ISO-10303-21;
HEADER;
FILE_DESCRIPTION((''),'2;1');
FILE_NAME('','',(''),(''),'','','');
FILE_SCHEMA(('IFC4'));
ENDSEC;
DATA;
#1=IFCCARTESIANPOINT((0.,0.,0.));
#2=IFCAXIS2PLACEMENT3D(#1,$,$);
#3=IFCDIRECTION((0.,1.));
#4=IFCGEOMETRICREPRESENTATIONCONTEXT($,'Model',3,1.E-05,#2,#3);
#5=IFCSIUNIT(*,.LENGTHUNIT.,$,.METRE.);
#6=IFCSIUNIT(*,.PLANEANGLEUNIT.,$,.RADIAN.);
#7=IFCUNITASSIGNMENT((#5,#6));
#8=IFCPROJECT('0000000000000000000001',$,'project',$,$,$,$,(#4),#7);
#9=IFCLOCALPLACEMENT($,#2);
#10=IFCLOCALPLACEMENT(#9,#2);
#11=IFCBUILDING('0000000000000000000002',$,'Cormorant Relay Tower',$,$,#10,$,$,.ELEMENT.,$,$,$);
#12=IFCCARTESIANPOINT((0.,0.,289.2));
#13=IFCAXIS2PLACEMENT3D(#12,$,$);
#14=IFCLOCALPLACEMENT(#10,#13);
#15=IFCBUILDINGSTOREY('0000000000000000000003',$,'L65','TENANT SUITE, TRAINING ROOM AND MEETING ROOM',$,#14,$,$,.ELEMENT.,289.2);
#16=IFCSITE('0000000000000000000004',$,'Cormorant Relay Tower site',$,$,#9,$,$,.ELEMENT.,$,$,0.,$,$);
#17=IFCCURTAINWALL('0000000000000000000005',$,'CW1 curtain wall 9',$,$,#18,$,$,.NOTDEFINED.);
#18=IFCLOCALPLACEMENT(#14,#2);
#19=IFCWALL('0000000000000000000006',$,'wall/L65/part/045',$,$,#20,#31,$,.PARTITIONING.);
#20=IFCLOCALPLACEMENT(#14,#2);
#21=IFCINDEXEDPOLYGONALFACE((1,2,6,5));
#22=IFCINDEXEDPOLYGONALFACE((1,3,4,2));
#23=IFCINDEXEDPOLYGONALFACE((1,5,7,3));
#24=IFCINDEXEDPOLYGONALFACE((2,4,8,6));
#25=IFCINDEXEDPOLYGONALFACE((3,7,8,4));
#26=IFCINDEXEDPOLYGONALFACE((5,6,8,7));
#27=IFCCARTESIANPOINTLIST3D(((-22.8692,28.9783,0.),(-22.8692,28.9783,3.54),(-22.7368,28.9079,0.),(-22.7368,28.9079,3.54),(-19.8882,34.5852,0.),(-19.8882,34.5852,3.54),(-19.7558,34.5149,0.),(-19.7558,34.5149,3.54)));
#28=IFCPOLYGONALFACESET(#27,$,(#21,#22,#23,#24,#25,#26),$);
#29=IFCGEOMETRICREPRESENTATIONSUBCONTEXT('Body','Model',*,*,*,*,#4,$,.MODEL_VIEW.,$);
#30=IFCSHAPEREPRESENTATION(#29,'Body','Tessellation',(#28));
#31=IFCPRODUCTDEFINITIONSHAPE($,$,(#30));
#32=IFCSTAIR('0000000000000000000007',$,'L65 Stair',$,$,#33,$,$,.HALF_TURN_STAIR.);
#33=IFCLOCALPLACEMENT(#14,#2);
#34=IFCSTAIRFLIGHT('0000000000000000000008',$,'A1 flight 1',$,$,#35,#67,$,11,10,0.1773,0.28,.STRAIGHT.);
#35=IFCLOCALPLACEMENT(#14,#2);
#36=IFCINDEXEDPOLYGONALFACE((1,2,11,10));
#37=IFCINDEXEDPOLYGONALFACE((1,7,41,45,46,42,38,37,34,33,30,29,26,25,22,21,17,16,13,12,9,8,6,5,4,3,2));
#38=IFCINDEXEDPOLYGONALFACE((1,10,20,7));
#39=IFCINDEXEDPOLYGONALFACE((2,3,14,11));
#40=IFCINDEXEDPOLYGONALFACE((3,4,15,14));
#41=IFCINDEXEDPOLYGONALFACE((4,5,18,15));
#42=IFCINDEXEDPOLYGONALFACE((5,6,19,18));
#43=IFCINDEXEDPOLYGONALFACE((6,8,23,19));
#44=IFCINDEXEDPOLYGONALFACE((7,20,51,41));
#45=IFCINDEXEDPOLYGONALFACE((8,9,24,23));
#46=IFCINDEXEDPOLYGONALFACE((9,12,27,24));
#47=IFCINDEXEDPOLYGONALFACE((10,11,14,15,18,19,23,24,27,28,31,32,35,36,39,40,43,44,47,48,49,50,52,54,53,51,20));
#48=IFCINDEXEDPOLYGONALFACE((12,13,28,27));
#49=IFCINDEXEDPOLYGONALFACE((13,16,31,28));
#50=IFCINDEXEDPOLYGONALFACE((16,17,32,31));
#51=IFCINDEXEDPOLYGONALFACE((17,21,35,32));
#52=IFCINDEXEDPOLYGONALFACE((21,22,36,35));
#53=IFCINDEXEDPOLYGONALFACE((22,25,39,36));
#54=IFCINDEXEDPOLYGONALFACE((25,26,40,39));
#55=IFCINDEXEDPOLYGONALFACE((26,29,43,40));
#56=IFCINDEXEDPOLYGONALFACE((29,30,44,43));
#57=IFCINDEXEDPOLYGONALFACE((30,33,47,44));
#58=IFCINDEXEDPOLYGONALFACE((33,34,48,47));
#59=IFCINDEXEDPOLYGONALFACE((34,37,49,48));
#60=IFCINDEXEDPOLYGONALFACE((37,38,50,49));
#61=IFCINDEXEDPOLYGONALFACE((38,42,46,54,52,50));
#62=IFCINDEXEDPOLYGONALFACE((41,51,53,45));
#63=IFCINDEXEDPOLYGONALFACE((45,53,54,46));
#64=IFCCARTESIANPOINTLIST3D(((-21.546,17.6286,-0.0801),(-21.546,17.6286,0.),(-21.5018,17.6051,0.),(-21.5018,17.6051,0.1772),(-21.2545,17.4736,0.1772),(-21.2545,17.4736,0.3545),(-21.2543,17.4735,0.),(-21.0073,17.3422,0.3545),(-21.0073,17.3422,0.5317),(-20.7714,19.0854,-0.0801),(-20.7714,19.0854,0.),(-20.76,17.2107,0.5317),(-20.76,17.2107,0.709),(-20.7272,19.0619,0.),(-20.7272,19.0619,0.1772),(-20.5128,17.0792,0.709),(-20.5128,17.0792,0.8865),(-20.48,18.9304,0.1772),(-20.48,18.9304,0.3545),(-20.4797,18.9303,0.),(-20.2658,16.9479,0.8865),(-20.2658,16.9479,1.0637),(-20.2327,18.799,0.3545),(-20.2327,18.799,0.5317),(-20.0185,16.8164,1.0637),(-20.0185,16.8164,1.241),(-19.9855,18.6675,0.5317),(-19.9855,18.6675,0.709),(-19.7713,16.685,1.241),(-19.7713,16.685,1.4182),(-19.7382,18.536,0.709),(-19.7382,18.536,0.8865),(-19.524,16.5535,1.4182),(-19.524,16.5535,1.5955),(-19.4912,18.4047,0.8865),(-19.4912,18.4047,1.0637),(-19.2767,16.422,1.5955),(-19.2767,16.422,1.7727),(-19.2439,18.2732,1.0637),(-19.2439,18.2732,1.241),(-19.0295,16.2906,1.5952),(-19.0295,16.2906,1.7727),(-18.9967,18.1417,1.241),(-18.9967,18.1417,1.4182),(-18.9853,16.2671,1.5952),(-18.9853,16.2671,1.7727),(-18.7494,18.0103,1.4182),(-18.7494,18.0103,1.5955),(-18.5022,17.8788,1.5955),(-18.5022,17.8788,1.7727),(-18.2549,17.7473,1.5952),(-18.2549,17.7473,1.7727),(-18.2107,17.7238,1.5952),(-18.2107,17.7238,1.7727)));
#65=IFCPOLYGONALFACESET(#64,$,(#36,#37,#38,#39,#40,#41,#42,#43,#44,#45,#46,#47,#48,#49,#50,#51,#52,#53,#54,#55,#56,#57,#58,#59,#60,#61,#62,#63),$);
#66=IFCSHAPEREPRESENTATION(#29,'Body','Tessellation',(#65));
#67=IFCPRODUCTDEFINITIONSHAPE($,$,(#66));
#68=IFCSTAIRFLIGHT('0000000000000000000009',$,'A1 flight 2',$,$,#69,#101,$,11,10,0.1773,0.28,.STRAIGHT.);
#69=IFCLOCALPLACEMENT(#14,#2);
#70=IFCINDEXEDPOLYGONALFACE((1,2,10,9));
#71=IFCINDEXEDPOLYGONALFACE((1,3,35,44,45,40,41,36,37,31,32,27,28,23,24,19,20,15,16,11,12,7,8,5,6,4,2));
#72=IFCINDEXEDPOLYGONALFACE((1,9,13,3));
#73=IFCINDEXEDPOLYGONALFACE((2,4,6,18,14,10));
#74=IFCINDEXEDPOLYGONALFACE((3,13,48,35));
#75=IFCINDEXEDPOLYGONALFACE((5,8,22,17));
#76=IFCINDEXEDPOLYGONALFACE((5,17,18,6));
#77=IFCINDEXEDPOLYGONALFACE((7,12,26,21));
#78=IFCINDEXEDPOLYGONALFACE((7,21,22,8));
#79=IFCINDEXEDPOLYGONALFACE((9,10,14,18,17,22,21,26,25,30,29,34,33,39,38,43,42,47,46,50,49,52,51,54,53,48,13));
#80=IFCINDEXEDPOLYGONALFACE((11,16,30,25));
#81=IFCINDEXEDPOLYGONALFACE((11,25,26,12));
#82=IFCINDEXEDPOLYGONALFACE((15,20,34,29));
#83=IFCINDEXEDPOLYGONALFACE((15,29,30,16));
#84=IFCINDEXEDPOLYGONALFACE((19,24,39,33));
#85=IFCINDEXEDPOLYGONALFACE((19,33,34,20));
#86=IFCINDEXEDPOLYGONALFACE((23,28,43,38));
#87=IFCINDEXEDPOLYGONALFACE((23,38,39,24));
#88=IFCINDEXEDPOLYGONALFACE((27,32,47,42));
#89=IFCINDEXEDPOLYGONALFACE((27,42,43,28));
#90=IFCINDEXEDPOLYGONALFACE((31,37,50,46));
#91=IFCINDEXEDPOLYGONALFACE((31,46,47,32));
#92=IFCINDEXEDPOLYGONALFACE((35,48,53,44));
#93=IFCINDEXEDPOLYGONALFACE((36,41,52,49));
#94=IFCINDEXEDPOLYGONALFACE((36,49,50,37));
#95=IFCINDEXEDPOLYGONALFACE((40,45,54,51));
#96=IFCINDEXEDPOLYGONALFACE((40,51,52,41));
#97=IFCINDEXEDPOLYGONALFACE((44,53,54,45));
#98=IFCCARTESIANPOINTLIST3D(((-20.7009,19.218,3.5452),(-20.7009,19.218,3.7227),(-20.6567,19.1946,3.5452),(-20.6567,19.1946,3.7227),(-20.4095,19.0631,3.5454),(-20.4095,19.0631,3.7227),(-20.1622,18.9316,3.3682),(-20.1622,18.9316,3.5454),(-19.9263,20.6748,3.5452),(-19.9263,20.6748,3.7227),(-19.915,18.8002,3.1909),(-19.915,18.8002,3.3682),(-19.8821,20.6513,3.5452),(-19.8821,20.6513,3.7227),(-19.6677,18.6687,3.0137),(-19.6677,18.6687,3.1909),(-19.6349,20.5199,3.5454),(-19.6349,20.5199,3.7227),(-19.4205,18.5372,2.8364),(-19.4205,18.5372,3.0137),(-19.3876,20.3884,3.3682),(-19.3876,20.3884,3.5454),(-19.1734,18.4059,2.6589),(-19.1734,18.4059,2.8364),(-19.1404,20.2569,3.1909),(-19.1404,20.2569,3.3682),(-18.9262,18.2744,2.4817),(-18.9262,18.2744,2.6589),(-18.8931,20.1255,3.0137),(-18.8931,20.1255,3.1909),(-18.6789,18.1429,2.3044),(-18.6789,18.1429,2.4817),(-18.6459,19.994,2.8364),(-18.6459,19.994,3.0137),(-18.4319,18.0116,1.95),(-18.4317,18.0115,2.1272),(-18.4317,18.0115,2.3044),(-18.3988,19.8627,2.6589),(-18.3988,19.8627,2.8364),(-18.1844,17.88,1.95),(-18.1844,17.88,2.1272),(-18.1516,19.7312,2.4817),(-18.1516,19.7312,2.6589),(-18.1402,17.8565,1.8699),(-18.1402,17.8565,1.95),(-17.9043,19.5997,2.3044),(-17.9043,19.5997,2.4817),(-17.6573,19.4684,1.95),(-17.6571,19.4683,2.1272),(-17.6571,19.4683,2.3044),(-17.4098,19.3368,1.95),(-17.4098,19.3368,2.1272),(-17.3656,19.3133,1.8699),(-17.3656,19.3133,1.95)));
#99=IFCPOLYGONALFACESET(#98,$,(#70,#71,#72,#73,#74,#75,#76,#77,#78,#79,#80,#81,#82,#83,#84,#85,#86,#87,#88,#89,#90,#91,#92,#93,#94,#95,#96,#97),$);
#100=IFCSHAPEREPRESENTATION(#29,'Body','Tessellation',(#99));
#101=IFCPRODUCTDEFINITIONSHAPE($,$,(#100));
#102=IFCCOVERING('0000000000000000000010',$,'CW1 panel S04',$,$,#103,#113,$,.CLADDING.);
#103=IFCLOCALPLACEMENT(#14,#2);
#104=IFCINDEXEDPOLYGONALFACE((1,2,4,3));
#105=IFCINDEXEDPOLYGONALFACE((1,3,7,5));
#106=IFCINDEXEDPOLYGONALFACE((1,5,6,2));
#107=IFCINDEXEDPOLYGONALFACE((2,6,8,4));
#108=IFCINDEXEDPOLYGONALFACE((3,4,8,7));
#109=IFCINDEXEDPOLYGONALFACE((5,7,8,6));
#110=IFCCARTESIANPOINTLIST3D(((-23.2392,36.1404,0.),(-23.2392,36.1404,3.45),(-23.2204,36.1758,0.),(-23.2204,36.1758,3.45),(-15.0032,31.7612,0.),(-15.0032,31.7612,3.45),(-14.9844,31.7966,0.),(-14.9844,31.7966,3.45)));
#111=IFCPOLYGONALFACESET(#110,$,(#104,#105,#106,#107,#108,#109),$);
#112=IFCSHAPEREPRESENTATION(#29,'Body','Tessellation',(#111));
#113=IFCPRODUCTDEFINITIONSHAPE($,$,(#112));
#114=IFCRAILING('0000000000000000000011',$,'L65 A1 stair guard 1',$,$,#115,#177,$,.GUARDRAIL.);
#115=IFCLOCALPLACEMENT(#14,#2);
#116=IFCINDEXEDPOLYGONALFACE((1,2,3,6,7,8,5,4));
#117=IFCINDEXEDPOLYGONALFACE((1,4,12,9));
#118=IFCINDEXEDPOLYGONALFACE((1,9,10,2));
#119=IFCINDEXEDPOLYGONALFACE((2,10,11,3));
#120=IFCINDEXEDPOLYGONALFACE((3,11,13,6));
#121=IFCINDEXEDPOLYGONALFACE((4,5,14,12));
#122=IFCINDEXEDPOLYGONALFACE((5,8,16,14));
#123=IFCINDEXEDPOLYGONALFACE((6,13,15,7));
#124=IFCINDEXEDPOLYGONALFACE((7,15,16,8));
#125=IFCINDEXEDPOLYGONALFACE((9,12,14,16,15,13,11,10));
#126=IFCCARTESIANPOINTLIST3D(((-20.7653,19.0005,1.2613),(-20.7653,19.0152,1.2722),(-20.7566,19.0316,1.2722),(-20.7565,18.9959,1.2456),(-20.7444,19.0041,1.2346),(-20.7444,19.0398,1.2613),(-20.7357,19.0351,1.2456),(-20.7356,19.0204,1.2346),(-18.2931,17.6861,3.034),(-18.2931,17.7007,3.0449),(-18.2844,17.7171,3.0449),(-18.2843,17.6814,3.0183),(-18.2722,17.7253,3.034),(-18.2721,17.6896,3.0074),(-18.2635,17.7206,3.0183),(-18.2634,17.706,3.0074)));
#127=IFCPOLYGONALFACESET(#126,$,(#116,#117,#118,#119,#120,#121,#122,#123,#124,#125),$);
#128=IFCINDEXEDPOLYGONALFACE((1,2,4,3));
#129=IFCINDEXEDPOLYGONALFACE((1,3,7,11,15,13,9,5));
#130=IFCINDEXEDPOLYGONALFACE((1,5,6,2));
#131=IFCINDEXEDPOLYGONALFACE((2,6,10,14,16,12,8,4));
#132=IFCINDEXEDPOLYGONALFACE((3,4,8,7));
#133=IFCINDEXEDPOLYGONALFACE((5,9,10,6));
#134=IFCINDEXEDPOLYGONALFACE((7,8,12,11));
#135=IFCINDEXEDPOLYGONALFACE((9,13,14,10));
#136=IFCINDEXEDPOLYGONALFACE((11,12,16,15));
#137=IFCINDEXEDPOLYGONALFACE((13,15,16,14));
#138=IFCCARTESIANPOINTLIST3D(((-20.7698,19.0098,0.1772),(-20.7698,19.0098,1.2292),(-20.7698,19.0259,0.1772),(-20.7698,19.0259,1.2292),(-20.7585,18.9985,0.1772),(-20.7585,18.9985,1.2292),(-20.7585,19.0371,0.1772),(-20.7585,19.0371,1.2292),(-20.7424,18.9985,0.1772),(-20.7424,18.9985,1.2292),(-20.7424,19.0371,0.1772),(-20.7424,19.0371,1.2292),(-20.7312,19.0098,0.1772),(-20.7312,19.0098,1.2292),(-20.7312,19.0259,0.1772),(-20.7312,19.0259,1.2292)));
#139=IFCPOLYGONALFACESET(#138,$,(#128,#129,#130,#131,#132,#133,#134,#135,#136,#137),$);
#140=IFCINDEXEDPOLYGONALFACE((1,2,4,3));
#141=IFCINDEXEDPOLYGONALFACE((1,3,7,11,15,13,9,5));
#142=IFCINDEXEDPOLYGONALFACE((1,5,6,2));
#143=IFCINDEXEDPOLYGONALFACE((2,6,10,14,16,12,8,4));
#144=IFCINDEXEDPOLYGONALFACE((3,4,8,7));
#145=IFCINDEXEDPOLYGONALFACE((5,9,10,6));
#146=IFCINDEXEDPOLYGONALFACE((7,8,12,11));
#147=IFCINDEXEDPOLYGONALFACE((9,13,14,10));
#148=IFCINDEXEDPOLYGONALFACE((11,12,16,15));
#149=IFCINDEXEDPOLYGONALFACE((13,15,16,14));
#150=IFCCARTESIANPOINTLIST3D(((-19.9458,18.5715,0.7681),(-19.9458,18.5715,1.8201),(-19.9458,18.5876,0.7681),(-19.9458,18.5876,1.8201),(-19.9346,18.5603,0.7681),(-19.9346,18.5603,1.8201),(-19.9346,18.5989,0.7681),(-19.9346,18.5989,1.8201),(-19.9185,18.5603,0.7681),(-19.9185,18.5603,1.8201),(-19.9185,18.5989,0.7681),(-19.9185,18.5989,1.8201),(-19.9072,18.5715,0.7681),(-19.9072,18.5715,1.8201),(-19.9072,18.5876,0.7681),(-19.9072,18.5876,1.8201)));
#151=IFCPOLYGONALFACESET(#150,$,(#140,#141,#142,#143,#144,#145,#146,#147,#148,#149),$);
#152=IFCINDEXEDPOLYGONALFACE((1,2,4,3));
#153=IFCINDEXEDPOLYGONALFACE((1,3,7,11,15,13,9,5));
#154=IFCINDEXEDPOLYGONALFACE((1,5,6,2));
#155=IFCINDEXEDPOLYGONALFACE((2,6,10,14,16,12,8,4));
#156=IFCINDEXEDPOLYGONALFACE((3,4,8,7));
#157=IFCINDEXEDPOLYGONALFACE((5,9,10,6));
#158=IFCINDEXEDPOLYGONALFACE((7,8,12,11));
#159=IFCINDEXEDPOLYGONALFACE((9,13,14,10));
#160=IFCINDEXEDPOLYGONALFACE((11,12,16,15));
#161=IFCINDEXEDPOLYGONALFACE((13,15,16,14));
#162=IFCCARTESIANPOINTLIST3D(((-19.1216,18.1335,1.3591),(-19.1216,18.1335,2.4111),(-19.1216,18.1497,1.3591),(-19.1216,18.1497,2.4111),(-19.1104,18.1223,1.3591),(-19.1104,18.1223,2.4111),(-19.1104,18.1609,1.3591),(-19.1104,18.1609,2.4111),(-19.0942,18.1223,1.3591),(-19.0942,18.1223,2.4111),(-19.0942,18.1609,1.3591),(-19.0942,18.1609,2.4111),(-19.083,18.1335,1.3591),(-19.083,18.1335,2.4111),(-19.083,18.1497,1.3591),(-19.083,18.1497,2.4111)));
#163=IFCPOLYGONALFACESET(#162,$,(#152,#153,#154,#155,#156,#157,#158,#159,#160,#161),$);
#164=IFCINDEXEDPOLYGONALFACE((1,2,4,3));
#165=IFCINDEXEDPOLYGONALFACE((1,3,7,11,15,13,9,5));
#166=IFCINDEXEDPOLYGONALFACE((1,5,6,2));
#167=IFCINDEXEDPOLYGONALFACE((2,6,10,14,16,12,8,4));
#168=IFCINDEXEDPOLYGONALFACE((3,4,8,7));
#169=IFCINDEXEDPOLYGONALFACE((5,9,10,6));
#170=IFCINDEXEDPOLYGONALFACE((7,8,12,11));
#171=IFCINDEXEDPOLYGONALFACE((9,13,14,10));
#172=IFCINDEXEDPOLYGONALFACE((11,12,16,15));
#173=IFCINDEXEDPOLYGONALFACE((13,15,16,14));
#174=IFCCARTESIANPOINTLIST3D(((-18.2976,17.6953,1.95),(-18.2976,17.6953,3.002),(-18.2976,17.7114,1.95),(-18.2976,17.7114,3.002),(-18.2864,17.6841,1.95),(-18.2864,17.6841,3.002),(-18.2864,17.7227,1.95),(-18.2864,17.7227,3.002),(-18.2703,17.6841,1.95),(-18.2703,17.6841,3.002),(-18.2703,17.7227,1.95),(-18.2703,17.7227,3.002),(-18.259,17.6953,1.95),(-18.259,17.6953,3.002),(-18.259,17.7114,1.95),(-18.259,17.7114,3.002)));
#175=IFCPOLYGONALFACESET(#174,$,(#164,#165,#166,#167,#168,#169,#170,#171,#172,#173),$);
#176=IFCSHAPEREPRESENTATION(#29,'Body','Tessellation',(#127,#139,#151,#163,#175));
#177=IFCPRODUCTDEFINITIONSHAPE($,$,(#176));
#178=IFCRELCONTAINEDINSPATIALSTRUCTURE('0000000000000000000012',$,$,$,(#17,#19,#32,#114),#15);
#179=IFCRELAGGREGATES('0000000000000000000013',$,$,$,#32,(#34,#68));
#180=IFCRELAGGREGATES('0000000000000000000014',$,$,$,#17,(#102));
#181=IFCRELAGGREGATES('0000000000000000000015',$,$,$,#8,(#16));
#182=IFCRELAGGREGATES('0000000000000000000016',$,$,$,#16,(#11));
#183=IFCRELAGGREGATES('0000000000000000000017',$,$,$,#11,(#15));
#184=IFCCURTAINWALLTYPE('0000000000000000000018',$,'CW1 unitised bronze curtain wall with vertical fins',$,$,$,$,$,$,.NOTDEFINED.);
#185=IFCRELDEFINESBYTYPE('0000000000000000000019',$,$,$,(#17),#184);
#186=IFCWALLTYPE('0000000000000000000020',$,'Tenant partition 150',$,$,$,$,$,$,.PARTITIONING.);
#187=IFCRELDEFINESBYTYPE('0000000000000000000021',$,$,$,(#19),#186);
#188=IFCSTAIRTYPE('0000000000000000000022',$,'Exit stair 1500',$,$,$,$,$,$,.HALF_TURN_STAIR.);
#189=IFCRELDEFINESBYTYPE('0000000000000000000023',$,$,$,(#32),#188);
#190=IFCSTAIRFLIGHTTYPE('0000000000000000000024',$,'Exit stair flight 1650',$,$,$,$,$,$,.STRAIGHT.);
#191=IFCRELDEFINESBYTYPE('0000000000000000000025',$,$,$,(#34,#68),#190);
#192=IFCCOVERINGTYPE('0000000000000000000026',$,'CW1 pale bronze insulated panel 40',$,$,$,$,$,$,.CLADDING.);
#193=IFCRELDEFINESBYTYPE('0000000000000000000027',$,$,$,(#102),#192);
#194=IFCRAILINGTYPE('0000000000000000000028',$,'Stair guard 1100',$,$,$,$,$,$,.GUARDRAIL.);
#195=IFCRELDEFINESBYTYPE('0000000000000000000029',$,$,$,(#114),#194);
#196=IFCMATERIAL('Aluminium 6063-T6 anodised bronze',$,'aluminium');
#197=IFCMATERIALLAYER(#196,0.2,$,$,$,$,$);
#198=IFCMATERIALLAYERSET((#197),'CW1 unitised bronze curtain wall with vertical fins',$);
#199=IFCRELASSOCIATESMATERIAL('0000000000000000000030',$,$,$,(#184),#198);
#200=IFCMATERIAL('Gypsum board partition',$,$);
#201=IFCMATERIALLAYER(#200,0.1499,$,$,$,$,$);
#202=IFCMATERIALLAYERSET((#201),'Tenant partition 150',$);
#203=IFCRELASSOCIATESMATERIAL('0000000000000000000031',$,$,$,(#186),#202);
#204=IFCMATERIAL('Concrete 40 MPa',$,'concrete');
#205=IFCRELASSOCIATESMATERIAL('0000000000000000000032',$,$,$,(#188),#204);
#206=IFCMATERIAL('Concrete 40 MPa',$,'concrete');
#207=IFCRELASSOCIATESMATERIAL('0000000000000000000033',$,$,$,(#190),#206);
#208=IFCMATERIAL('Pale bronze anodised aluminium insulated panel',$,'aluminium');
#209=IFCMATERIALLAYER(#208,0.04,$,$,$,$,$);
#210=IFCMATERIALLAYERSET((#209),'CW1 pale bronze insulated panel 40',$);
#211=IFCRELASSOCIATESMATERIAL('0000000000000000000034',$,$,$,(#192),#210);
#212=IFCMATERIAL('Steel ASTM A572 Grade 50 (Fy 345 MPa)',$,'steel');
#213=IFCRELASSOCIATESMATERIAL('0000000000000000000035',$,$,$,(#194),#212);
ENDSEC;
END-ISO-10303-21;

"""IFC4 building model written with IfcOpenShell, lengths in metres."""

from ifc_helpers import new_model, si_unit, direction, frame, frame_2d, origin, origin_2d, place, context, subcontext, project, spatial, polyline, rectangle, outline, extrude, material, layer, layer_set, type_object, element, aggregate, save


model = new_model("IFC4")

# Units and contexts
model_context = context("Model", 3, precision=1e-05, world=origin(), true_north=direction((0.0, 1.0)))
body_context = subcontext(model_context, "Body", "Model", "MODEL_VIEW")
ifc_project = project(units=[si_unit("LENGTHUNIT", "METRE"), si_unit("PLANEANGLEUNIT", "RADIAN")], contexts=[model_context])

# Site, building, storey
site_placement = place(None, origin())
site = spatial("IfcSite", under=ifc_project, at=site_placement, Name="Cormorant Relay Tower site", CompositionType="ELEMENT", RefElevation=0.0)
building_placement = place(site_placement, origin())
building = spatial("IfcBuilding", under=site, at=building_placement, Name="Cormorant Relay Tower", CompositionType="ELEMENT")
storey_placement = place(building_placement, frame((0.0, 0.0, 289.2)))
storey = spatial("IfcBuildingStorey", under=building, at=storey_placement, Name="L65", Description="TENANT SUITE, TRAINING ROOM AND MEETING ROOM", CompositionType="ELEMENT", Elevation=289.2)

# Curtain wall
ifc_material_1 = material(Name="Aluminium 6063-T6 anodised bronze", Category="aluminium")
ifc_layer_1 = layer(ifc_material_1, 0.2)
ifc_layer_set_1 = layer_set([ifc_layer_1], Name="CW1 unitised bronze curtain wall with vertical fins")
curtain_wall_type = type_object("IfcCurtainWallType", Name="CW1 unitised bronze curtain wall with vertical fins", PredefinedType="NOTDEFINED", material=ifc_layer_set_1)
curtain_wall_placement = place(storey_placement, origin())
curtain_wall = element("IfcCurtainWall", 1, at=curtain_wall_placement, inside=storey, type_object=curtain_wall_type, Name="CW1 curtain wall 9", PredefinedType="NOTDEFINED")

# Wall
ifc_material_2 = material(Name="Gypsum board partition")
ifc_layer_2 = layer(ifc_material_2, 0.1499)
ifc_layer_set_2 = layer_set([ifc_layer_2], Name="Tenant partition 150")
wall_type_1 = type_object("IfcWallType", Name="Tenant partition 150", PredefinedType="PARTITIONING", material=ifc_layer_set_2)
wall_1_placement = place(storey_placement, frame((-19.822, 34.55, 0.0), z_axis=(0.0, 0.0, 1.0), x_axis=(-0.469434, -0.882967, 0.0)))
element("IfcWall", 2, at=wall_1_placement, inside=storey, type_object=wall_type_1, Name="wall/L65/part/045", PredefinedType="PARTITIONING", context=body_context, shape_type="SweptSolid", body=[
    extrude(rectangle(XDim=6.3501, YDim=0.1499, at=frame_2d((3.175, 0.0))), origin(), (0.0, 0.0, 1.0), 3.54),
])

# Stair, stair flights
ifc_material_3 = material(Name="Concrete 40 MPa", Category="concrete")
stair_type = type_object("IfcStairType", Name="Exit stair 1500", PredefinedType="HALF_TURN_STAIR", material=ifc_material_3)
stair_placement = place(storey_placement, origin())
stair = element("IfcStair", 3, at=stair_placement, inside=storey, type_object=stair_type, Name="L65 Stair", PredefinedType="HALF_TURN_STAIR")
ifc_material_4 = material(Name="Concrete 40 MPa", Category="concrete")
stair_flight_type = type_object("IfcStairFlightType", Name="Exit stair flight 1650", PredefinedType="STRAIGHT", material=ifc_material_4)
stair_flight_1_placement = place(storey_placement, frame((-21.1145, 18.3335, 0.0), z_axis=(0.0, 0.0, 1.0), x_axis=(0.882948, -0.469472, 0.0)))
stair_flight_1 = element("IfcStairFlight", 4, at=stair_flight_1_placement, type_object=stair_flight_type, Name="A1 flight 1", NumberOfRisers=11, NumberOfTreads=10, PredefinedType="STRAIGHT", RiserHeight=0.1773, TreadLength=0.28, context=body_context, shape_type="SweptSolid", body=[
    extrude(outline(polyline([(-0.05, -0.0801), (-0.05, 0.0), (0.0, 0.0), (0.0, 0.1772), (0.28, 0.1772), (0.28, 0.3545), (0.5601, 0.3545), (0.5601, 0.5317), (0.8401, 0.5317), (0.8401, 0.709), (1.1201, 0.709), (1.1201, 0.8865), (1.3999, 0.8865), (1.3999, 1.0637), (1.6799, 1.0637), (1.6799, 1.241), (1.96, 1.241), (1.96, 1.4182), (2.24, 1.4182), (2.24, 1.5955), (2.52, 1.5955), (2.52, 1.7727), (2.8, 1.7727), (2.8501, 1.7727), (2.8501, 1.5952), (2.8, 1.5952), (0.2803, 0.0), (-0.05, -0.0801)])), frame((0.0, 0.825, 0.0), z_axis=(0.0, -1.0, 0.0), x_axis=(1.0, 0.0, 0.0)), (0.0, 0.0, 1.0), 1.6499),
])
stair_flight_2_placement = place(storey_placement, frame((-17.7971, 18.6084, 1.95), z_axis=(0.0, 0.0, 1.0), x_axis=(-0.882948, 0.469472, 0.0)))
stair_flight_2 = element("IfcStairFlight", 5, at=stair_flight_2_placement, type_object=stair_flight_type, Name="A1 flight 2", NumberOfRisers=11, NumberOfTreads=10, PredefinedType="STRAIGHT", RiserHeight=0.1773, TreadLength=0.28, context=body_context, shape_type="SweptSolid", body=[
    extrude(outline(polyline([(-0.05, -0.0801), (-0.05, 0.0), (0.0, 0.0), (0.0, 0.1772), (0.28, 0.1772), (0.28, 0.3545), (0.5601, 0.3545), (0.5601, 0.5317), (0.8401, 0.5317), (0.8401, 0.709), (1.1201, 0.709), (1.1201, 0.8865), (1.3999, 0.8865), (1.3999, 1.0637), (1.6799, 1.0637), (1.6799, 1.241), (1.96, 1.241), (1.96, 1.4182), (2.24, 1.4182), (2.24, 1.5955), (2.52, 1.5955), (2.52, 1.7727), (2.8, 1.7727), (2.8501, 1.7727), (2.8501, 1.5952), (2.8, 1.5952), (0.2803, 0.0), (-0.05, -0.0801)])), frame((0.0, 0.825, 0.0), z_axis=(0.0, -1.0, 0.0), x_axis=(1.0, 0.0, 0.0)), (0.0, 0.0, 1.0), 1.6499),
])
aggregate(stair, [stair_flight_1, stair_flight_2])

# Covering
ifc_material_5 = material(Name="Pale bronze anodised aluminium insulated panel", Category="aluminium")
ifc_layer_3 = layer(ifc_material_5, 0.04)
ifc_layer_set_3 = layer_set([ifc_layer_3], Name="CW1 pale bronze insulated panel 40")
covering_type = type_object("IfcCoveringType", Name="CW1 pale bronze insulated panel 40", PredefinedType="CLADDING", material=ifc_layer_set_3)
covering_placement = place(storey_placement, frame((-19.1118, 33.9685, 0.0), z_axis=(0.0, 0.0, 1.0), x_axis=(-0.882948, 0.469472, 0.0)))
covering = element("IfcCovering", 6, at=covering_placement, type_object=covering_type, Name="CW1 panel S04", PredefinedType="CLADDING", context=body_context, shape_type="SweptSolid", body=[
    extrude(rectangle(XDim=9.3279, YDim=0.04, at=origin_2d()), origin(), (0.0, 0.0, 1.0), 3.45),
])
aggregate(curtain_wall, [covering])

# Railing
ifc_material_6 = material(Name="Steel ASTM A572 Grade 50 (Fy 345 MPa)", Category="steel")
railing_type_1 = type_object("IfcRailingType", Name="Stair guard 1100", PredefinedType="GUARDRAIL", material=ifc_material_6)
railing_1_placement = place(storey_placement, frame((-20.7505, 19.0178, 0.1772)))
element("IfcRailing", 7, at=railing_1_placement, inside=storey, type_object=railing_type_1, Name="L65 A1 stair guard 1", PredefinedType="GUARDRAIL", context=body_context, shape_type="SweptSolid", body=[
    extrude(outline(polyline([(0.0222, 0.0093), (0.0093, 0.0222), (-0.0093, 0.0222), (-0.0222, 0.0093), (-0.0222, -0.0093), (-0.0093, -0.0222), (0.0093, -0.0222), (0.0222, -0.0093), (0.0222, 0.0093)])), frame((0.0, 0.0, 1.0762), z_axis=(0.746001, -0.396649, 0.534931), x_axis=(0.469465, 0.882951, 0.0)), (0.0, 0.0, 1.0), 3.314),
    extrude(outline(polyline([(0.0193, 0.0081), (0.0081, 0.0193), (-0.0081, 0.0193), (-0.0193, 0.0081), (-0.0193, -0.0081), (-0.0081, -0.0193), (0.0081, -0.0193), (0.0193, -0.0081), (0.0193, 0.0081)])), origin(), (0.0, 0.0, 1.0), 1.052),
    extrude(outline(polyline([(0.0193, 0.0081), (0.0081, 0.0193), (-0.0081, 0.0193), (-0.0193, 0.0081), (-0.0193, -0.0081), (-0.0081, -0.0193), (0.0081, -0.0193), (0.0193, -0.0081), (0.0193, 0.0081)])), frame((0.824, -0.4382, 0.5908)), (0.0, 0.0, 1.0), 1.052),
    extrude(outline(polyline([(0.0193, 0.0081), (0.0081, 0.0193), (-0.0081, 0.0193), (-0.0193, 0.0081), (-0.0193, -0.0081), (-0.0081, -0.0193), (0.0081, -0.0193), (0.0193, -0.0081), (0.0193, 0.0081)])), frame((1.6482, -0.8762, 1.1819)), (0.0, 0.0, 1.0), 1.052),
    extrude(outline(polyline([(0.0193, 0.0081), (0.0081, 0.0193), (-0.0081, 0.0193), (-0.0193, 0.0081), (-0.0193, -0.0081), (-0.0081, -0.0193), (0.0081, -0.0193), (0.0193, -0.0081), (0.0193, 0.0081)])), frame((2.4722, -1.3145, 1.7727)), (0.0, 0.0, 1.0), 1.052),
])

save(model, "model.ifc")
